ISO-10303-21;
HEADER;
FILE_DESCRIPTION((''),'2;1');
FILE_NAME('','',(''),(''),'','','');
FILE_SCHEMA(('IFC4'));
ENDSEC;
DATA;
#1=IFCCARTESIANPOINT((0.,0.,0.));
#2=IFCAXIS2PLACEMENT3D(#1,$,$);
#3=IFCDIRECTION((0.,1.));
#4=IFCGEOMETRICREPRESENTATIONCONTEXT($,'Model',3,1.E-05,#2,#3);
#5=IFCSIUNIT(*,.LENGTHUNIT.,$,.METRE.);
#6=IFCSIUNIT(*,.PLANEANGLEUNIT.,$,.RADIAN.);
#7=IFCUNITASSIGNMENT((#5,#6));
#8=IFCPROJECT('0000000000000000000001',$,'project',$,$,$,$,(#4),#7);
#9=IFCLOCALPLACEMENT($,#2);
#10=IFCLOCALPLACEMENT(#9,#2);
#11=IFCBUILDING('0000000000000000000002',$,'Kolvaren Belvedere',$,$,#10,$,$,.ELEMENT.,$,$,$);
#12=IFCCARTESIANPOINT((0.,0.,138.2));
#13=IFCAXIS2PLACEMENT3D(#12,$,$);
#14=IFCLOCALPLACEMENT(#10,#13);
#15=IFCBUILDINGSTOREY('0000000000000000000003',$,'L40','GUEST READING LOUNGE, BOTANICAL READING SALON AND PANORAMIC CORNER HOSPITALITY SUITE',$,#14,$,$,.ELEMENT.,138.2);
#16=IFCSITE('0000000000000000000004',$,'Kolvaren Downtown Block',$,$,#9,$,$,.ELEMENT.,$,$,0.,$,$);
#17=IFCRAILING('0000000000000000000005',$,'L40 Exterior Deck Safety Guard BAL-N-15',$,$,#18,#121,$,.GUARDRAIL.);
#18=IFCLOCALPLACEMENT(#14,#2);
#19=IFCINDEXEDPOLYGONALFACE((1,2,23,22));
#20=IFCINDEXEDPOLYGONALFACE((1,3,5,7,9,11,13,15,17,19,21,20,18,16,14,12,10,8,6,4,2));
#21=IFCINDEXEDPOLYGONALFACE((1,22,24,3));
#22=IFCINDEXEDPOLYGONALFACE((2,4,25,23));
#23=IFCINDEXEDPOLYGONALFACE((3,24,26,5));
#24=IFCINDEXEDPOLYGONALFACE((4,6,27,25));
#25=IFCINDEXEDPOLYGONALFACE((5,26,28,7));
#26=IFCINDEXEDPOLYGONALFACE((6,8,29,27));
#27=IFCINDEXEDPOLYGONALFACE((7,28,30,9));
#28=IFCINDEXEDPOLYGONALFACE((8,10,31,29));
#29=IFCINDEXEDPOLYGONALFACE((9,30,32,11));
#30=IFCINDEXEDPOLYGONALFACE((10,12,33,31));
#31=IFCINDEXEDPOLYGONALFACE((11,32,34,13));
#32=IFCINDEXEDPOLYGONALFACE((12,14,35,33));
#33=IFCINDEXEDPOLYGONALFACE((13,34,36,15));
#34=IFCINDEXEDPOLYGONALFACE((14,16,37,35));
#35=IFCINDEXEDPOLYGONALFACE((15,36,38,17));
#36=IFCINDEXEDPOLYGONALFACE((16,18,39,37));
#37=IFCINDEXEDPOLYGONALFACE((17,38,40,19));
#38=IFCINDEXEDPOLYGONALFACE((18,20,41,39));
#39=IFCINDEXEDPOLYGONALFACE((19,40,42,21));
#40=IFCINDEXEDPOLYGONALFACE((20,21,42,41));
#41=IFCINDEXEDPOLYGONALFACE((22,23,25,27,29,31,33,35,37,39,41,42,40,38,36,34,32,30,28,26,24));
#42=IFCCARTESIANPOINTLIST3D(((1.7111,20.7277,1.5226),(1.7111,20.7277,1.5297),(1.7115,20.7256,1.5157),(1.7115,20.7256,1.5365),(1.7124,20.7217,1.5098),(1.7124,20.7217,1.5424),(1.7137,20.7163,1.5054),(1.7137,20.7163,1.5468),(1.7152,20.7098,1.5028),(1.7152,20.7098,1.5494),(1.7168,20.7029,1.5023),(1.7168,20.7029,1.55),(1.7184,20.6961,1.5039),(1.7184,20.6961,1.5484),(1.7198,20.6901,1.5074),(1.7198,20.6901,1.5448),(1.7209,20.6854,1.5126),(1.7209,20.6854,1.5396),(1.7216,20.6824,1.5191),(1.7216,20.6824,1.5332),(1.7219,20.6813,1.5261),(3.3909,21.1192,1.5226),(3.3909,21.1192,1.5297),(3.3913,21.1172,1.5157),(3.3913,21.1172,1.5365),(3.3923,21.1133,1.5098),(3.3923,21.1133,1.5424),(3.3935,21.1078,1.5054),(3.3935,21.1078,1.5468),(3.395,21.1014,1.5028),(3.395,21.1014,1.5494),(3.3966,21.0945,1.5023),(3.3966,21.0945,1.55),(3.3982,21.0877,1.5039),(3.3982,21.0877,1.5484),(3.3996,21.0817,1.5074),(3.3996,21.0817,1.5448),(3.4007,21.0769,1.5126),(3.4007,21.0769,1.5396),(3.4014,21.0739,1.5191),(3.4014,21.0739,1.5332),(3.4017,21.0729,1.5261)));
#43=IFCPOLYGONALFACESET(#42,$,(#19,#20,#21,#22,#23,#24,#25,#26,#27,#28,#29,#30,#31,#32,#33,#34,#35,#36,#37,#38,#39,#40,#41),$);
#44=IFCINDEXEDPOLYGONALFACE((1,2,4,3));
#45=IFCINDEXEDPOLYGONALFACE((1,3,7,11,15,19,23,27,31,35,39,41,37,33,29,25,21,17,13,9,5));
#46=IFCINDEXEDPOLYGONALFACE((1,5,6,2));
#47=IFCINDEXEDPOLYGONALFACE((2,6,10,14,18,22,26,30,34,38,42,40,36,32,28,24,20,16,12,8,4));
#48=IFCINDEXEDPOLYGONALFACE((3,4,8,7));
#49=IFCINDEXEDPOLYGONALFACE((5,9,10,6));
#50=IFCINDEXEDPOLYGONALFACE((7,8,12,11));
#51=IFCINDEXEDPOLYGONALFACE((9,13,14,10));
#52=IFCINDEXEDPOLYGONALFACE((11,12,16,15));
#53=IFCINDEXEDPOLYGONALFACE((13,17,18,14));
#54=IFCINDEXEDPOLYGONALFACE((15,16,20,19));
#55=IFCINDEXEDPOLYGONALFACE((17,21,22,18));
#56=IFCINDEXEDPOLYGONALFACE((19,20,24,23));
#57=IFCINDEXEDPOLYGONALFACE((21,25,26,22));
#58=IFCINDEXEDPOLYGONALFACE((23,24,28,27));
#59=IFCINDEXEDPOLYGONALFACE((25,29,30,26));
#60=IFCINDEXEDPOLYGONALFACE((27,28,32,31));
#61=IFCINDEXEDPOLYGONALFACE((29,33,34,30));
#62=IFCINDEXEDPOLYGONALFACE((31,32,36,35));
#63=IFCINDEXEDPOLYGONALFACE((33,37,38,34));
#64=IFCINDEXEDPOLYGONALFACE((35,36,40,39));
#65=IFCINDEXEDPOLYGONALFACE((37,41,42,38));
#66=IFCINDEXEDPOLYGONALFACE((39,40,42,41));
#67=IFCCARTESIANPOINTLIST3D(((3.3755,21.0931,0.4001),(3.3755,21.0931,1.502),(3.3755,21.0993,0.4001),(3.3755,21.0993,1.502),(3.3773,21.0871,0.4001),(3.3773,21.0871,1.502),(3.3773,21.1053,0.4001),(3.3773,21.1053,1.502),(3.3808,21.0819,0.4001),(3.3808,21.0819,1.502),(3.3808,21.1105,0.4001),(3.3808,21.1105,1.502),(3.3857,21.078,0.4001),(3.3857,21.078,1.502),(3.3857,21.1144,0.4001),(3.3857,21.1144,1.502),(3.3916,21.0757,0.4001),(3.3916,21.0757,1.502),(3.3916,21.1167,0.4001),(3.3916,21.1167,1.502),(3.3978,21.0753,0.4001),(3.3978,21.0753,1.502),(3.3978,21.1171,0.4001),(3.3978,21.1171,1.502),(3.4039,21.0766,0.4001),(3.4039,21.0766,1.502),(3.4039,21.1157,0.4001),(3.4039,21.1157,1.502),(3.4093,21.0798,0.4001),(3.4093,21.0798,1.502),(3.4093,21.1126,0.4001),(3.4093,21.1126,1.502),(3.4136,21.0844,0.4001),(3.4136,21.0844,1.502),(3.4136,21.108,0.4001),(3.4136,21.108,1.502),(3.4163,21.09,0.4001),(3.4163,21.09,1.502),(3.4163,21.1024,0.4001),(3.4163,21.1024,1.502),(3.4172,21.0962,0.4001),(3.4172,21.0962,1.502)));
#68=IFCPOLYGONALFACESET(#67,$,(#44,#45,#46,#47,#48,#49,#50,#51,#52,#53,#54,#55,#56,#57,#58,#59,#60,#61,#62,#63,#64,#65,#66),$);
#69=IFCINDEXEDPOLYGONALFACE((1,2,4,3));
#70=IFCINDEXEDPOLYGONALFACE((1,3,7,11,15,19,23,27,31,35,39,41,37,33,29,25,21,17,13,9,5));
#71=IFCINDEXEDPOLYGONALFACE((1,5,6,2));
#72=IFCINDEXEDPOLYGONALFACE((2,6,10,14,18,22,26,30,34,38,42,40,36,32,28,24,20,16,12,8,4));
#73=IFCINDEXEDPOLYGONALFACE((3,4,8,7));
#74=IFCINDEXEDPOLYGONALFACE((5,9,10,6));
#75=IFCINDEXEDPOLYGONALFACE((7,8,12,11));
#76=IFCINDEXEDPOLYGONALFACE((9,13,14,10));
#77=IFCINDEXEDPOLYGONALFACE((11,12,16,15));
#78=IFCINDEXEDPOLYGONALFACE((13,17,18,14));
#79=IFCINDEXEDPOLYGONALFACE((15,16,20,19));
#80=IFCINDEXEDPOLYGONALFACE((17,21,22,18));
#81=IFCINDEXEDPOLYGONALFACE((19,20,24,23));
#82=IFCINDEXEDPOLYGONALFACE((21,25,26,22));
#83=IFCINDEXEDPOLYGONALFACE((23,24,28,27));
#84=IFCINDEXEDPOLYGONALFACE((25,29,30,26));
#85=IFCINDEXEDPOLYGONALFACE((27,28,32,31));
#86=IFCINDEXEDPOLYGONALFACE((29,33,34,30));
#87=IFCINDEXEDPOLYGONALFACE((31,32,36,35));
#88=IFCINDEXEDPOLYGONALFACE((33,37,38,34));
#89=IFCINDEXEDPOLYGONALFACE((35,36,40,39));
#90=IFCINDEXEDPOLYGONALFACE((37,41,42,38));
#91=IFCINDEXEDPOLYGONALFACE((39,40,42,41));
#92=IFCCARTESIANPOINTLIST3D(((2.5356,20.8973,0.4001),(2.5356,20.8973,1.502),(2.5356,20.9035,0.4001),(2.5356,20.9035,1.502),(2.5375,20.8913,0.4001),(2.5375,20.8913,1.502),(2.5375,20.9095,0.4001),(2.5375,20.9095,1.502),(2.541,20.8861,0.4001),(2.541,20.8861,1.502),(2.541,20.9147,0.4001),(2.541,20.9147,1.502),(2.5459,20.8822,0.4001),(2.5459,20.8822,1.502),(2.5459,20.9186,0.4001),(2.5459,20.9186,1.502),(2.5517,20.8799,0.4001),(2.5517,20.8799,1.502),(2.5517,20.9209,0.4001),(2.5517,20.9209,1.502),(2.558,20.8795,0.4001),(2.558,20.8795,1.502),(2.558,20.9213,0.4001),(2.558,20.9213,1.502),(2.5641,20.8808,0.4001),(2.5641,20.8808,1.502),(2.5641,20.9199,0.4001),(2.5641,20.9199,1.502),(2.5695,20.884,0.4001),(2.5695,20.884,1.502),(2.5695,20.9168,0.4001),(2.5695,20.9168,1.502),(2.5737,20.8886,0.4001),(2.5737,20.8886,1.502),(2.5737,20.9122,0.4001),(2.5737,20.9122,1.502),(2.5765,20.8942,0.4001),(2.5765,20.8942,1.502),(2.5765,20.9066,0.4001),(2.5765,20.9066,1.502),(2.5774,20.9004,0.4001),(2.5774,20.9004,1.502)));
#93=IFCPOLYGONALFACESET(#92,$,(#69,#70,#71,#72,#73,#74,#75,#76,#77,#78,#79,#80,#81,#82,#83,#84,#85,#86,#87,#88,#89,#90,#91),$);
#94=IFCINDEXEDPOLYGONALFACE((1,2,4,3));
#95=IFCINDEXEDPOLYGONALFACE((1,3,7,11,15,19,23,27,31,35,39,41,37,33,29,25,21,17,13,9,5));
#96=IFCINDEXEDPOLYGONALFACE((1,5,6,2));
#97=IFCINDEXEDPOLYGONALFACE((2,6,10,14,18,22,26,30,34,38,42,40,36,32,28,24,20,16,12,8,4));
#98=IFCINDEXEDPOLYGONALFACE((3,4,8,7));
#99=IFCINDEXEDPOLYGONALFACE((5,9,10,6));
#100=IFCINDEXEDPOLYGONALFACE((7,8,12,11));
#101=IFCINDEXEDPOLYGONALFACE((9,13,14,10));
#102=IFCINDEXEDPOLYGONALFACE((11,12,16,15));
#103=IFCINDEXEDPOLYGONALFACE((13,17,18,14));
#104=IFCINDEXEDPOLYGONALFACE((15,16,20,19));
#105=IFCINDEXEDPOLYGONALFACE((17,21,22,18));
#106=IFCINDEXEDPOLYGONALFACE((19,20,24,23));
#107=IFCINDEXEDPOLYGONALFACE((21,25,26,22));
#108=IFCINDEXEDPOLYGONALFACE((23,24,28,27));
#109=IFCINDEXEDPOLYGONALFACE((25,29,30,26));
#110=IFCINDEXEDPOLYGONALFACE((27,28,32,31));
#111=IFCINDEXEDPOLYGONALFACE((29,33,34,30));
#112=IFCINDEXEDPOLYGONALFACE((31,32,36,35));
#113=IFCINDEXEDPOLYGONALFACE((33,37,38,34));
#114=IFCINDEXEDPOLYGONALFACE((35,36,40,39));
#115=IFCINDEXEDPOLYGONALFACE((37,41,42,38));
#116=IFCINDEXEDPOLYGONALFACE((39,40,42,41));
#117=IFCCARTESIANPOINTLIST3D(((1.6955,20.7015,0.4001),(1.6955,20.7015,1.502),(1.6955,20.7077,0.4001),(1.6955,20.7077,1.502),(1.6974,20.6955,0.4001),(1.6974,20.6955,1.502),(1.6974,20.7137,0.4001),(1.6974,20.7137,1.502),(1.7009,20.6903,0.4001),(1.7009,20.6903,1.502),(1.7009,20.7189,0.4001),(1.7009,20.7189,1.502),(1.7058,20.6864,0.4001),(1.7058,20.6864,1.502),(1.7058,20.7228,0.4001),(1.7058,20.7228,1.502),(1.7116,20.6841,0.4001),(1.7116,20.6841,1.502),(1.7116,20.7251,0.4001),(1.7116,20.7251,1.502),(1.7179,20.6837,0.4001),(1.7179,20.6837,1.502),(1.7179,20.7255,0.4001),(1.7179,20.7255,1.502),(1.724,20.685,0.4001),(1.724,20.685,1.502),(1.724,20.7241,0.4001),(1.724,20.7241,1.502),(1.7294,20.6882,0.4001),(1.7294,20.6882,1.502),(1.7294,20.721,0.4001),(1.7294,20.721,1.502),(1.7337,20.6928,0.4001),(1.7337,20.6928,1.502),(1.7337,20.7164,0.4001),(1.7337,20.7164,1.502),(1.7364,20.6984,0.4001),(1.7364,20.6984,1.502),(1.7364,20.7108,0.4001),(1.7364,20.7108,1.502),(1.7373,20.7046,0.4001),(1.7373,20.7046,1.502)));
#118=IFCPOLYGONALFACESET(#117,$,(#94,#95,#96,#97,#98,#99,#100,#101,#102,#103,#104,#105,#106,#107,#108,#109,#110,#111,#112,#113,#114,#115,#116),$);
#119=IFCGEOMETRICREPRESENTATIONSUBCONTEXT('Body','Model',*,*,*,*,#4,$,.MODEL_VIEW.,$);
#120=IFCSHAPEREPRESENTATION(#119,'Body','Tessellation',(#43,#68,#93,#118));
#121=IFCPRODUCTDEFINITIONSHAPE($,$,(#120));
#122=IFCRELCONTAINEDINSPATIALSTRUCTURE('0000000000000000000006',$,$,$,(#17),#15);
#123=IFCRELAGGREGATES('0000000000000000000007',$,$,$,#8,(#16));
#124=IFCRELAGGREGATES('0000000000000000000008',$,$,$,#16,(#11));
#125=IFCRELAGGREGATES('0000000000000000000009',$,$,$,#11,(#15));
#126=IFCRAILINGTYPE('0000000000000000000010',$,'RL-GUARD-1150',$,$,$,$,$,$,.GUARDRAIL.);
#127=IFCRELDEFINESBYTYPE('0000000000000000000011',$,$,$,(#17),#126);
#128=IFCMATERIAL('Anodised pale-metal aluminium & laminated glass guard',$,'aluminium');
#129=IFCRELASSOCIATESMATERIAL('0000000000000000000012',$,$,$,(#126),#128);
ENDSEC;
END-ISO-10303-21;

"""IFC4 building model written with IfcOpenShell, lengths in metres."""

from ifc_helpers import new_model, si_unit, direction, frame, origin, origin_2d, place, context, subcontext, project, spatial, circle, extrude, material, type_object, element, save


model = new_model("IFC4")

# Units and contexts
model_context = context("Model", 3, precision=1e-05, world=origin(), true_north=direction((0.0, 1.0)))
body_context = subcontext(model_context, "Body", "Model", "MODEL_VIEW")
ifc_project = project(units=[si_unit("LENGTHUNIT", "METRE"), si_unit("PLANEANGLEUNIT", "RADIAN")], contexts=[model_context])

# Site, building, storey
site_placement = place(None, origin())
site = spatial("IfcSite", under=ifc_project, at=site_placement, Name="Kolvaren Downtown Block", CompositionType="ELEMENT", RefElevation=0.0)
building_placement = place(site_placement, origin())
building = spatial("IfcBuilding", under=site, at=building_placement, Name="Kolvaren Belvedere", CompositionType="ELEMENT")
storey_placement = place(building_placement, frame((0.0, 0.0, 138.2)))
storey = spatial("IfcBuildingStorey", under=building, at=storey_placement, Name="L40", Description="GUEST READING LOUNGE, BOTANICAL READING SALON AND PANORAMIC CORNER HOSPITALITY SUITE", CompositionType="ELEMENT", Elevation=138.2)

# Railing
ifc_material_1 = material(Name="Anodised pale-metal aluminium & laminated glass guard", Category="aluminium")
railing_type = type_object("IfcRailingType", Name="RL-GUARD-1150", PredefinedType="GUARDRAIL", material=ifc_material_1)
railing_1_placement = place(storey_placement, frame((3.3962, 21.0962, 0.4001)))
element("IfcRailing", 1, at=railing_1_placement, inside=storey, type_object=railing_type, Name="L40 Exterior Deck Safety Guard BAL-N-15", PredefinedType="GUARDRAIL", context=body_context, shape_type="SweptSolid", body=[
    extrude(circle(Radius=0.0239, at=origin_2d()), frame((0.0, 0.0, 1.126), z_axis=(-0.97389, -0.227019, 0.0), x_axis=(0.227019, -0.97389, 0.0)), (0.0, 0.0, 1.0), 1.7249),
    extrude(circle(Radius=0.021, at=origin_2d()), origin(), (0.0, 0.0, 1.0), 1.1018),
    extrude(circle(Radius=0.021, at=origin_2d()), frame((-0.8398, -0.1958, 0.0)), (0.0, 0.0, 1.0), 1.1018),
    extrude(circle(Radius=0.021, at=origin_2d()), frame((-1.6799, -0.3916, 0.0)), (0.0, 0.0, 1.0), 1.1018),
])

save(model, "model.ifc")
